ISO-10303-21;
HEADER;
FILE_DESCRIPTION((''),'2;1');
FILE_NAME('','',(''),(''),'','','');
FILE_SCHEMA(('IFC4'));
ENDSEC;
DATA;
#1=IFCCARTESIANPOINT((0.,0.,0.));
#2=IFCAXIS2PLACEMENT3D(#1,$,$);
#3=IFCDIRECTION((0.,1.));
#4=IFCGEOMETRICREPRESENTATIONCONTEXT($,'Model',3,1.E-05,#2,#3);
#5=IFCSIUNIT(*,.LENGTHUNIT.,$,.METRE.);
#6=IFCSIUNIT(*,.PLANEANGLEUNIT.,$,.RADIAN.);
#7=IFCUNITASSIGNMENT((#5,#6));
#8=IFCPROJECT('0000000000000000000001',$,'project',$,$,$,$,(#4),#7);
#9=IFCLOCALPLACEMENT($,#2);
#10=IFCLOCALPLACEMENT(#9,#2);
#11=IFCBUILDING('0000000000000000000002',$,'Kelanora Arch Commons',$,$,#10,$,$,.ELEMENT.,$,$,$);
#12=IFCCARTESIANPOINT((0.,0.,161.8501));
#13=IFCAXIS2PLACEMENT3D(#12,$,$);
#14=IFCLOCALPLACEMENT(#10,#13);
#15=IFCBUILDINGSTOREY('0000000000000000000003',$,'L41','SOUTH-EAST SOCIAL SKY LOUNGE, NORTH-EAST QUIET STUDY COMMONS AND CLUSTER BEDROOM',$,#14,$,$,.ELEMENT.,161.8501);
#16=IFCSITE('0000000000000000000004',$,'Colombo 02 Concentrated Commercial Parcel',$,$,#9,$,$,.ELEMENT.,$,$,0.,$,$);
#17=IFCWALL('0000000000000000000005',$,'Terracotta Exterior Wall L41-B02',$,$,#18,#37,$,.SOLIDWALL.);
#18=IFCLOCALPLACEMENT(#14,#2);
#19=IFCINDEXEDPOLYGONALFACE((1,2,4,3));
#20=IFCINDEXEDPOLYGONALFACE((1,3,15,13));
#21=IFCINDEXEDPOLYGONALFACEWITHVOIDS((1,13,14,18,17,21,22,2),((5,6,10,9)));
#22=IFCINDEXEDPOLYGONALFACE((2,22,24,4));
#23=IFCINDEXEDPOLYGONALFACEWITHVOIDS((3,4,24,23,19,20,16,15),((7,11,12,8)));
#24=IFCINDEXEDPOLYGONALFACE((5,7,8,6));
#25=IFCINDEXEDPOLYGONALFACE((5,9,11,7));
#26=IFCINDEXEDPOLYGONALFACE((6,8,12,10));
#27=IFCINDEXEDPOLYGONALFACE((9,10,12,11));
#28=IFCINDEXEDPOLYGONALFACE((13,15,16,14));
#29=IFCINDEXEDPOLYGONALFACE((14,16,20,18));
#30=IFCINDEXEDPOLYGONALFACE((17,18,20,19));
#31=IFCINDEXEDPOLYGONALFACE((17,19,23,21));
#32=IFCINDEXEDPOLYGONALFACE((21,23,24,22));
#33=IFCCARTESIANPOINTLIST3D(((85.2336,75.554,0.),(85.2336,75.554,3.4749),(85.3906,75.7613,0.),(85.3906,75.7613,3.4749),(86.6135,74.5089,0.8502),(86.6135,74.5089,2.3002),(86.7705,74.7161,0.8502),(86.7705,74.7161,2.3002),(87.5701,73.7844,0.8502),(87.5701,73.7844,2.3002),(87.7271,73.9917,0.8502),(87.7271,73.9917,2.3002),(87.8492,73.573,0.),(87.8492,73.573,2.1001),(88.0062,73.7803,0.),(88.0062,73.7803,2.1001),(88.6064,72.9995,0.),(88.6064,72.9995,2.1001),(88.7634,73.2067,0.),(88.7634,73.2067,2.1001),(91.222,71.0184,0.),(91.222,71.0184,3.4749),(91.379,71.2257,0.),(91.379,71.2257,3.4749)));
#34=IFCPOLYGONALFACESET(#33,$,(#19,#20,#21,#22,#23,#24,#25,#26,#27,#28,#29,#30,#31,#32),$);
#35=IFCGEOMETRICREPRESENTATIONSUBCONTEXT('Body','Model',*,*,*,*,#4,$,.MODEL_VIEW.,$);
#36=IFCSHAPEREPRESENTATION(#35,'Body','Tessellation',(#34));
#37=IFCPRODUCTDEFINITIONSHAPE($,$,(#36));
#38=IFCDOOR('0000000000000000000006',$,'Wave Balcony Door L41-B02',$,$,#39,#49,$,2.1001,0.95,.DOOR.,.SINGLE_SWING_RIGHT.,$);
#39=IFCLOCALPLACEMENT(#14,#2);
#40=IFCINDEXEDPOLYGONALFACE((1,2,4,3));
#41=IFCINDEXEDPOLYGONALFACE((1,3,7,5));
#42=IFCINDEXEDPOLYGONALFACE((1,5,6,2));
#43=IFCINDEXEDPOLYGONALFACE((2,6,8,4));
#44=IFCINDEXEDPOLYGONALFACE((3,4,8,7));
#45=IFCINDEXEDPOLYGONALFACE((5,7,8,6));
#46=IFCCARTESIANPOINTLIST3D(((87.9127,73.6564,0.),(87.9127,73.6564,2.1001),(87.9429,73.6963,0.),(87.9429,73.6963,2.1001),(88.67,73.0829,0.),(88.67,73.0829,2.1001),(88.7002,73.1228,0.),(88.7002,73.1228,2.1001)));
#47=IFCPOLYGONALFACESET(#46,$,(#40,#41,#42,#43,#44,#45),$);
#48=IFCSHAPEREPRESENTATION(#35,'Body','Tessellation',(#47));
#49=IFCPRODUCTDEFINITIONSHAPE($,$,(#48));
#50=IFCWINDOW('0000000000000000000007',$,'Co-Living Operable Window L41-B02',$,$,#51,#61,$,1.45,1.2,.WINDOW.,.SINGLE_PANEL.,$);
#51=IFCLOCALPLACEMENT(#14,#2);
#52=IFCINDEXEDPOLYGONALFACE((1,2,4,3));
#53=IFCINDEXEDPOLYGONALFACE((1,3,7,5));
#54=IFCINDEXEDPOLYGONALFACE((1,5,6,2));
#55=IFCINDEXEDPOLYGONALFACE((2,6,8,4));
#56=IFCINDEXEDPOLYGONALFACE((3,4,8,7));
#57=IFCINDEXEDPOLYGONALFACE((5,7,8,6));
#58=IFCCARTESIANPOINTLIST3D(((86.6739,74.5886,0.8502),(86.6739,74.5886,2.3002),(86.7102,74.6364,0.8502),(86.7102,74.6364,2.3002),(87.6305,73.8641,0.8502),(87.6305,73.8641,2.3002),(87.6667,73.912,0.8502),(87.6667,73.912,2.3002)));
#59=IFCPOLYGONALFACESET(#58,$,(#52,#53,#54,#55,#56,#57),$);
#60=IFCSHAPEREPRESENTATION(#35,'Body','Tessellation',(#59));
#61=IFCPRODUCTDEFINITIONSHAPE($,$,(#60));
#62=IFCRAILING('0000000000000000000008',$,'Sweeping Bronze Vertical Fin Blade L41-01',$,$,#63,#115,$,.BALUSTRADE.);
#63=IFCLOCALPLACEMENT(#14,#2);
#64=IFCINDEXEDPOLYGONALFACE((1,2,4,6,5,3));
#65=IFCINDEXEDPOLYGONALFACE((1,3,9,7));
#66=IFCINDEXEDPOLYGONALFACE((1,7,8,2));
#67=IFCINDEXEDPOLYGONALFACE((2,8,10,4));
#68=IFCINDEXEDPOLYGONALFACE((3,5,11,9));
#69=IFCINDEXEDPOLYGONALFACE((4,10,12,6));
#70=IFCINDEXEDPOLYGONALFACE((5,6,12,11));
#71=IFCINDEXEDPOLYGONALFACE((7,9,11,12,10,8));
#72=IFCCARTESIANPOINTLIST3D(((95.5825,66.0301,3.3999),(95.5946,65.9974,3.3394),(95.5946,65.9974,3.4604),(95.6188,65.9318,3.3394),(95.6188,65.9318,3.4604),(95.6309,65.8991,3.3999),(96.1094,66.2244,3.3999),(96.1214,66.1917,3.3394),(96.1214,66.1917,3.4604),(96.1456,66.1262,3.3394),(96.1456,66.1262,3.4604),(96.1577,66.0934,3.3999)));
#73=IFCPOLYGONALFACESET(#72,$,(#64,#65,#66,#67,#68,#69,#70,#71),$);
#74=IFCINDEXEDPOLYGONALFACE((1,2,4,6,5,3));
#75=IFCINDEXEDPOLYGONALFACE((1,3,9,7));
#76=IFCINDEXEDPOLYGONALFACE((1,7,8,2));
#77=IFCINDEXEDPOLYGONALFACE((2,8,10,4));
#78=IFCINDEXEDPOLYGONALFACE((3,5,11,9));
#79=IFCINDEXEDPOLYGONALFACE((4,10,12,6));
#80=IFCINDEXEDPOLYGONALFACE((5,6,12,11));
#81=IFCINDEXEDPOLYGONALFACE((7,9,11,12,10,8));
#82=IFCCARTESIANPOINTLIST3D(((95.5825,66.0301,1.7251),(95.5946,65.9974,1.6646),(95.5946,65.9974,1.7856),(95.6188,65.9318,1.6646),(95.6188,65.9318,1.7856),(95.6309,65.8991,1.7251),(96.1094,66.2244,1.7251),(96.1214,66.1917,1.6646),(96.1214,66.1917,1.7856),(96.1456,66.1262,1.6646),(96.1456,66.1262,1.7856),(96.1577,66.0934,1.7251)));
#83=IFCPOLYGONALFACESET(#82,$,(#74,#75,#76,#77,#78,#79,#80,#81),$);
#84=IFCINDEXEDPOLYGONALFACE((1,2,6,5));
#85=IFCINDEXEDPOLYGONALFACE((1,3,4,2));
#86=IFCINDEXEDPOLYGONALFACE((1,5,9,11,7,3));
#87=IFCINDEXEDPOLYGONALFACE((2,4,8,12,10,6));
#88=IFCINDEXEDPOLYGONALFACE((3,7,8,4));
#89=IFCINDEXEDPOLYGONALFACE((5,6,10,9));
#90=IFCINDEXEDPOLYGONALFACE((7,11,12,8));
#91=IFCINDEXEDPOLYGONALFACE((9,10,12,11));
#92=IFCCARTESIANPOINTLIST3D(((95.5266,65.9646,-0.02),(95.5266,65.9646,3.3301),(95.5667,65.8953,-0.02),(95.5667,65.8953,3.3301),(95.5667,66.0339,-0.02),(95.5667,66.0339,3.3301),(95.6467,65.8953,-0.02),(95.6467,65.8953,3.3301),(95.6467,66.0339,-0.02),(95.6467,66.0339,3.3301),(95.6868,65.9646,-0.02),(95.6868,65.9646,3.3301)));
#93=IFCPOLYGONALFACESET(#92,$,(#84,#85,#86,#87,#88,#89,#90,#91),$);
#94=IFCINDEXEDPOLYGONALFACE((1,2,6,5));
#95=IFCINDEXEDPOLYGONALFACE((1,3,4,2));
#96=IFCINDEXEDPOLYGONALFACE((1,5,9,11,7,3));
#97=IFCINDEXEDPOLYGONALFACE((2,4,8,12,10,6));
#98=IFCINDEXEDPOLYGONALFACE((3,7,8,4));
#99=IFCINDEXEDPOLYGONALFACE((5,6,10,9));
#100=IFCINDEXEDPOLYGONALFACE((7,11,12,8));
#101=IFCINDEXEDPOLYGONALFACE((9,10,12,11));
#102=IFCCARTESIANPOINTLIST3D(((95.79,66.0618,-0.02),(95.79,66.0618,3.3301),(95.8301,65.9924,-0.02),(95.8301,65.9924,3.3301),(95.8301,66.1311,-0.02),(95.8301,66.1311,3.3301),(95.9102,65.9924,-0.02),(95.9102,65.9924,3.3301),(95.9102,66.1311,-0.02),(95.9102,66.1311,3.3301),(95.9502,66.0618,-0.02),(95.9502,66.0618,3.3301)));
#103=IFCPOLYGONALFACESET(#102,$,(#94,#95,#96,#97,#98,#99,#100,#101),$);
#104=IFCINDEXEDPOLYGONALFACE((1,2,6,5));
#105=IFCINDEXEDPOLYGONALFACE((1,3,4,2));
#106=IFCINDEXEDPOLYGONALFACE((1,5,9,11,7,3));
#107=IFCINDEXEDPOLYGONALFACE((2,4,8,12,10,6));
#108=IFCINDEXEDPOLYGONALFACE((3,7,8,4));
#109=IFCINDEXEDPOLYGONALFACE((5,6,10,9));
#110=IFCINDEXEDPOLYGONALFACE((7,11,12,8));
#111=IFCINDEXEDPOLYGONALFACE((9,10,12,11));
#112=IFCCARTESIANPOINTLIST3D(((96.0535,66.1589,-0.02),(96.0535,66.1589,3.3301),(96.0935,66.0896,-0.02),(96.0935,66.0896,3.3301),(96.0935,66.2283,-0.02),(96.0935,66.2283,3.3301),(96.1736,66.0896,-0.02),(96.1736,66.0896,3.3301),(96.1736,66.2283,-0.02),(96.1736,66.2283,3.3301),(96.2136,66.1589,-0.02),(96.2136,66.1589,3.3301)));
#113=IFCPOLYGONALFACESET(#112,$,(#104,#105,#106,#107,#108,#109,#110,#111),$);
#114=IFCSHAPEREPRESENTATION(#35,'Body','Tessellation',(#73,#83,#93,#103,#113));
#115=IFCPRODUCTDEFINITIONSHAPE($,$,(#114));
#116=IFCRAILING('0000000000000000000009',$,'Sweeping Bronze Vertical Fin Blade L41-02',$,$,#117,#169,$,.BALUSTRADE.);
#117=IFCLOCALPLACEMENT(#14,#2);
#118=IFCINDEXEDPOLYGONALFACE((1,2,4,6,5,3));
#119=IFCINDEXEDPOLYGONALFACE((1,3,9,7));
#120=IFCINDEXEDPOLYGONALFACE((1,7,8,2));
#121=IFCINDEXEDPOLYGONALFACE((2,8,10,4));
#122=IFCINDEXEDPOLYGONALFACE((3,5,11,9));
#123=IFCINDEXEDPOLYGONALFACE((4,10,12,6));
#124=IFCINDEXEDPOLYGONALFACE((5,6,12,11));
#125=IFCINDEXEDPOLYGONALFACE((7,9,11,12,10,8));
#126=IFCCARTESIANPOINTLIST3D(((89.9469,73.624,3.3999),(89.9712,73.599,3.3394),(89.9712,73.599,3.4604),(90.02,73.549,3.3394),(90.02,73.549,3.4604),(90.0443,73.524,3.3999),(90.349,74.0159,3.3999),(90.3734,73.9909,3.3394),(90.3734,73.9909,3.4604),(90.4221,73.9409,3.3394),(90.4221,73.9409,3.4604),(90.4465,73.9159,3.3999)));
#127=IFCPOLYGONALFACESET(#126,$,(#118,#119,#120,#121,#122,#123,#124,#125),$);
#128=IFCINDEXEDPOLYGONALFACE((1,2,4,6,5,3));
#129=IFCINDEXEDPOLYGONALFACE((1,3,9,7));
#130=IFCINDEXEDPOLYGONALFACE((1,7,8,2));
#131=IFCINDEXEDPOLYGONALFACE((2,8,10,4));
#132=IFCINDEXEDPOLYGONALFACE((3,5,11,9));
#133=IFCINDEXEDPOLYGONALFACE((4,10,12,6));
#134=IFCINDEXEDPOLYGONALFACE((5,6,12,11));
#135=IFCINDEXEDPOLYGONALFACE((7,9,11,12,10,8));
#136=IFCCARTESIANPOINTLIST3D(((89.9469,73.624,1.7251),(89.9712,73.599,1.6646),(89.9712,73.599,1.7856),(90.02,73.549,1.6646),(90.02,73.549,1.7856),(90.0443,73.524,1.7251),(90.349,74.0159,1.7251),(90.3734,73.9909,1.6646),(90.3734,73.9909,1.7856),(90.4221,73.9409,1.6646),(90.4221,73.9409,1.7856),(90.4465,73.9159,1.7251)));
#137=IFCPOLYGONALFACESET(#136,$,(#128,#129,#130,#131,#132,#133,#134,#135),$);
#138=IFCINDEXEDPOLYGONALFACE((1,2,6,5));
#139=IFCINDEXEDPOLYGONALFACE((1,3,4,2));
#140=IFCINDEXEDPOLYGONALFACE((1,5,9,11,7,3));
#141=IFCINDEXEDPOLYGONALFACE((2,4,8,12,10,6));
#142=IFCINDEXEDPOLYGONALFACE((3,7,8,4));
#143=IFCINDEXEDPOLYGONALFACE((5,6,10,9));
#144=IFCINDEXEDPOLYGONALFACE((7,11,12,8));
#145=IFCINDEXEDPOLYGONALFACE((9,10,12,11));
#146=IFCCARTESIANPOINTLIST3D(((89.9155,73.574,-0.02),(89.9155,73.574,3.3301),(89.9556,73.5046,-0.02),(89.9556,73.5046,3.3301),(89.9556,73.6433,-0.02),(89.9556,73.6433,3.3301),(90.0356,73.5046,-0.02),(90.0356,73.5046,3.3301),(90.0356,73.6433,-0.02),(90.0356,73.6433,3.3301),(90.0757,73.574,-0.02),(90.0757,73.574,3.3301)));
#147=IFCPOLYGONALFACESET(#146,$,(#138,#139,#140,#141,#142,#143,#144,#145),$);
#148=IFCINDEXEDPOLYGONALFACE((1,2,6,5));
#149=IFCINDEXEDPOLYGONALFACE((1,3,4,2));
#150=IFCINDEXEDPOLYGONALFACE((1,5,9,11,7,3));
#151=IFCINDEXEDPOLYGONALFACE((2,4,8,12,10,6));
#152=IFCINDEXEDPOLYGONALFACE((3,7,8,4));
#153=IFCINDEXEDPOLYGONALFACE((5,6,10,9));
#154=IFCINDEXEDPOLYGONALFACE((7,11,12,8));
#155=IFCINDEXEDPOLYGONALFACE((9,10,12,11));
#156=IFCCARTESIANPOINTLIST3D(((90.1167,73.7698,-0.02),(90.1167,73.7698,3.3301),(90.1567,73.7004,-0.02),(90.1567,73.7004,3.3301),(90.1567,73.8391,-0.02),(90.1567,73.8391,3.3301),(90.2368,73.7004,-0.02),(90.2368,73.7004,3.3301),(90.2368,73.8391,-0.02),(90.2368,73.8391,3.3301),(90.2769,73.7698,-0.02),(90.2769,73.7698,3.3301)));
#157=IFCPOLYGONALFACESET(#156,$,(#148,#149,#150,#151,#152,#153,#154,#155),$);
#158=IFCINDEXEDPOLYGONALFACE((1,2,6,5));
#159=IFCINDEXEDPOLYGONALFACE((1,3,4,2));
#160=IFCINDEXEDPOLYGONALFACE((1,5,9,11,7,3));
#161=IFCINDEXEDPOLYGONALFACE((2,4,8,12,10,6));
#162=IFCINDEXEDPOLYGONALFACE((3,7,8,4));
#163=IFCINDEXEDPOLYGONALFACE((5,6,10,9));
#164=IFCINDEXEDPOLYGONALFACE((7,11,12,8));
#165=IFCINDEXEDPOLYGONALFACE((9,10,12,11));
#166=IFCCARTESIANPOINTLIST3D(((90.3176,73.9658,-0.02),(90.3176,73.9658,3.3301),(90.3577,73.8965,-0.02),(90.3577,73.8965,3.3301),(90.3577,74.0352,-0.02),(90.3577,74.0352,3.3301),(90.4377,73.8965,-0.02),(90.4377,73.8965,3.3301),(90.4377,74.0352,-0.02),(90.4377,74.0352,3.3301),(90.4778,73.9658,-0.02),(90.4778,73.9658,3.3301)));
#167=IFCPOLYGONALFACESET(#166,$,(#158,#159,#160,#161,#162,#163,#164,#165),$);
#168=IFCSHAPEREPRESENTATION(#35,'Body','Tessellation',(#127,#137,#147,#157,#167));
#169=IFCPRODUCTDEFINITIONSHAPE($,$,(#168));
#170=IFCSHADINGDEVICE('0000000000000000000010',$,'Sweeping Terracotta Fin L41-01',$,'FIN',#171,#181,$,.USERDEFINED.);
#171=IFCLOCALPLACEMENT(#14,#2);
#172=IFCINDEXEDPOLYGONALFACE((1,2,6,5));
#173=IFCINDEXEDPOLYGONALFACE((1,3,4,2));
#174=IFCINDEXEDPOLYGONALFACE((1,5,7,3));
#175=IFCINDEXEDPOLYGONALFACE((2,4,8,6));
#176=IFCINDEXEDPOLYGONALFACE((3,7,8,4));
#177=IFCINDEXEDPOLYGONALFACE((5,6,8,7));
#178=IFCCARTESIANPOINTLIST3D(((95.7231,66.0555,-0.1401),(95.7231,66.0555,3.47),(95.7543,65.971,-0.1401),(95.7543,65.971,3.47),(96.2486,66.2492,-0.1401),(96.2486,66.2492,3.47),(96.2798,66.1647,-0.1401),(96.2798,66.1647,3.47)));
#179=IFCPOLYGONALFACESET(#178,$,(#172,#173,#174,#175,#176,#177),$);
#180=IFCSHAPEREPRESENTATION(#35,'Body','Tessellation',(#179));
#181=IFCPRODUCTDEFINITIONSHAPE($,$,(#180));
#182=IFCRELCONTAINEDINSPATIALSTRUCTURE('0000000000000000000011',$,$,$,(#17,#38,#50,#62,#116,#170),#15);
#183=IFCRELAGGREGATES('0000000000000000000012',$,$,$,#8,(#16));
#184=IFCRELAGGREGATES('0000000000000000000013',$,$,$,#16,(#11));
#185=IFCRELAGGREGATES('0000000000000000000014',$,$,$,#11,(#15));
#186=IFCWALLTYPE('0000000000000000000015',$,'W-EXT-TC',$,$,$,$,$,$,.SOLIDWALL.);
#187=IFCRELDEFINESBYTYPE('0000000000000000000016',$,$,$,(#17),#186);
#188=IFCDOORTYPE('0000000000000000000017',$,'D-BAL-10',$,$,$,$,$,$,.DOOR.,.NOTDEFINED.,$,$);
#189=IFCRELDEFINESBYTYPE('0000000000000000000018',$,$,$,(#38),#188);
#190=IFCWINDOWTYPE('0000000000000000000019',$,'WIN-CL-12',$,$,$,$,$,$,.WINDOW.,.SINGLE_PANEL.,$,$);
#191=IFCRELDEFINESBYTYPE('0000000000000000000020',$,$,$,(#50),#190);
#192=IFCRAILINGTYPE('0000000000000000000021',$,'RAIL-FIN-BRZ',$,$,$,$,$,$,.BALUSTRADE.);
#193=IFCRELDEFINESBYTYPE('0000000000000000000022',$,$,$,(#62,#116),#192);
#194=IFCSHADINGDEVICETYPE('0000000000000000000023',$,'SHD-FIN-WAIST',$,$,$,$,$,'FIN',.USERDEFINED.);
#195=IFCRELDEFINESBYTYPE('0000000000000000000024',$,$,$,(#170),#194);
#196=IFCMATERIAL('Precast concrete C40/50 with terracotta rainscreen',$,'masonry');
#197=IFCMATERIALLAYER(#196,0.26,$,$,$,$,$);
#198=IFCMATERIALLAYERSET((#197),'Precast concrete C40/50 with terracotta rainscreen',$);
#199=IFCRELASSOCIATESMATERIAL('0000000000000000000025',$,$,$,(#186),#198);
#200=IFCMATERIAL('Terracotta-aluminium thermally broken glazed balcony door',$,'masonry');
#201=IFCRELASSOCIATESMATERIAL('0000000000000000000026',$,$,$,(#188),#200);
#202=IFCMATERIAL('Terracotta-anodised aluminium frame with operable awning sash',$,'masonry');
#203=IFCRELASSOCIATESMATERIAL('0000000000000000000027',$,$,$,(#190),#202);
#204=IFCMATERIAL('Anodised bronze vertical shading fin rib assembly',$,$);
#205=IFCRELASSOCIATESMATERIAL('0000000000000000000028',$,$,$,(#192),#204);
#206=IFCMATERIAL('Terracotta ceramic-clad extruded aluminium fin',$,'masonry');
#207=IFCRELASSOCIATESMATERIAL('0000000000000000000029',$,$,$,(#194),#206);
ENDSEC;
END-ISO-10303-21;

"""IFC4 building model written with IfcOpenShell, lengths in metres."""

from ifc_helpers import new_model, si_unit, direction, frame, frame_2d, origin, origin_2d, place, context, subcontext, project, spatial, polyline, rectangle, outline, extrude, source, transform, mapped, material, layer, layer_set, type_object, element, fill, save


model = new_model("IFC4")

# Units and contexts
model_context = context("Model", 3, precision=1e-05, world=origin(), true_north=direction((0.0, 1.0)))
body_context = subcontext(model_context, "Body", "Model", "MODEL_VIEW")
ifc_project = project(units=[si_unit("LENGTHUNIT", "METRE"), si_unit("PLANEANGLEUNIT", "RADIAN")], contexts=[model_context])

# Site, building, storey
site_placement = place(None, origin())
site = spatial("IfcSite", under=ifc_project, at=site_placement, Name="Colombo 02 Concentrated Commercial Parcel", CompositionType="ELEMENT", RefElevation=0.0)
building_placement = place(site_placement, origin())
building = spatial("IfcBuilding", under=site, at=building_placement, Name="Kelanora Arch Commons", CompositionType="ELEMENT")
storey_placement = place(building_placement, frame((0.0, 0.0, 161.8501)))
storey = spatial("IfcBuildingStorey", under=building, at=storey_placement, Name="L41", Description="SOUTH-EAST SOCIAL SKY LOUNGE, NORTH-EAST QUIET STUDY COMMONS AND CLUSTER BEDROOM", CompositionType="ELEMENT", Elevation=161.8501)

# Wall, openings, door, window
ifc_material_1 = material(Name="Precast concrete C40/50 with terracotta rainscreen", Category="masonry")
ifc_layer_1 = layer(ifc_material_1, 0.26)
ifc_layer_set_1 = layer_set([ifc_layer_1], Name="Precast concrete C40/50 with terracotta rainscreen")
wall_type = type_object("IfcWallType", Name="W-EXT-TC", PredefinedType="SOLIDWALL", material=ifc_layer_set_1)
wall_placement = place(storey_placement, frame((91.3005, 71.1221, 0.0), z_axis=(0.0, 0.0, 1.0), x_axis=(-0.797164, 0.603763, 0.0)))
wall = element("IfcWall", 1, at=wall_placement, inside=storey, type_object=wall_type, Name="Terracotta Exterior Wall L41-B02", PredefinedType="SOLIDWALL", context=body_context, shape_type="SweptSolid", body=[
    extrude(rectangle(XDim=7.5122, YDim=0.26, at=frame_2d((3.7561, 0.0))), origin(), (0.0, 0.0, 1.0), 3.4749),
])
opening_1_placement = place(wall_placement, frame((3.281, 0.0, 0.0)))
opening_1 = element("IfcOpeningElement", 2, at=opening_1_placement, cuts=wall, PredefinedType="OPENING", context=body_context, shape_type="SweptSolid", body=[
    extrude(rectangle(XDim=0.95, YDim=2.1001, at=frame_2d((0.4751, 1.05))), frame((0.0, 0.1401, 0.0), z_axis=(0.0, -1.0, 0.0), x_axis=(1.0, 0.0, 0.0)), (0.0, 0.0, 1.0), 0.28),
])
opening_2_placement = place(wall_placement, frame((4.5811, 0.0, 0.8501)))
opening_2 = element("IfcOpeningElement", 3, at=opening_2_placement, cuts=wall, PredefinedType="OPENING", context=body_context, shape_type="SweptSolid", body=[
    extrude(rectangle(XDim=1.2, YDim=1.45, at=frame_2d((0.6001, 0.7251))), frame((0.0, 0.1401, 0.0), z_axis=(0.0, -1.0, 0.0), x_axis=(1.0, 0.0, 0.0)), (0.0, 0.0, 1.0), 0.28),
])
ifc_material_2 = material(Name="Terracotta-aluminium thermally broken glazed balcony door", Category="masonry")
door_type = type_object("IfcDoorType", Name="D-BAL-10", OperationType="NOTDEFINED", PredefinedType="DOOR", material=ifc_material_2)
door_placement = place(opening_1_placement, frame((0.95, 0.0, 0.0), z_axis=(0.0, 0.0, 1.0), x_axis=(-1.0, 0.0, 0.0)))
door = element("IfcDoor", 4, at=door_placement, inside=storey, type_object=door_type, Name="Wave Balcony Door L41-B02", OperationType="SINGLE_SWING_RIGHT", OverallHeight=2.1001, OverallWidth=0.95, PredefinedType="DOOR", context=body_context, shape_type="SweptSolid", body=[
    extrude(rectangle(XDim=0.95, YDim=2.1001, at=frame_2d((0.4751, 1.05))), frame((0.0, 0.0249, 0.0), z_axis=(0.0, -1.0, 0.0), x_axis=(1.0, 0.0, 0.0)), (0.0, 0.0, 1.0), 0.05),
])
fill(opening_1, door)
ifc_material_3 = material(Name="Terracotta-anodised aluminium frame with operable awning sash", Category="masonry")
window_type = type_object("IfcWindowType", Name="WIN-CL-12", PartitioningType="SINGLE_PANEL", PredefinedType="WINDOW", material=ifc_material_3)
window_placement = place(opening_2_placement, origin())
window = element("IfcWindow", 5, at=window_placement, inside=storey, type_object=window_type, Name="Co-Living Operable Window L41-B02", OverallHeight=1.45, OverallWidth=1.2, PartitioningType="SINGLE_PANEL", PredefinedType="WINDOW", context=body_context, shape_type="SweptSolid", body=[
    extrude(rectangle(XDim=1.2, YDim=1.45, at=frame_2d((0.6001, 0.7251))), frame((0.0, 0.03, 0.0), z_axis=(0.0, -1.0, 0.0), x_axis=(1.0, 0.0, 0.0)), (0.0, 0.0, 1.0), 0.0601),
])
fill(opening_2, window)

# Railings
ifc_material_4 = material(Name="Anodised bronze vertical shading fin rib assembly")
railing_type = type_object("IfcRailingType", Name="RAIL-FIN-BRZ", PredefinedType="BALUSTRADE", material=ifc_material_4)
railing_1_placement = place(storey_placement, frame((95.6067, 65.9646, -0.02)))
element("IfcRailing", 6, at=railing_1_placement, inside=storey, type_object=railing_type, Name="Sweeping Bronze Vertical Fin Blade L41-01", PredefinedType="BALUSTRADE", context=body_context, shape_type="SweptSolid", body=[
    extrude(outline(polyline([(0.0698, 0.0), (0.0349, 0.0605), (-0.0349, 0.0605), (-0.0698, 0.0), (-0.0349, -0.0605), (0.0349, -0.0605), (0.0698, 0.0)])), frame((0.0, 0.0, 3.4199), z_axis=(0.938209, 0.346068, 0.0), x_axis=(-0.346068, 0.938209, 0.0)), (0.0, 0.0, 1.0), 0.5615),
    extrude(outline(polyline([(0.0698, 0.0), (0.0349, 0.0605), (-0.0349, 0.0605), (-0.0698, 0.0), (-0.0349, -0.0605), (0.0349, -0.0605), (0.0698, 0.0)])), frame((0.0, 0.0, 1.7451), z_axis=(0.938209, 0.346068, 0.0), x_axis=(-0.346068, 0.938209, 0.0)), (0.0, 0.0, 1.0), 0.5615),
    extrude(outline(polyline([(0.0801, 0.0), (0.04, 0.0693), (-0.04, 0.0693), (-0.0801, 0.0), (-0.04, -0.0693), (0.04, -0.0693), (0.0801, 0.0)])), origin(), (0.0, 0.0, 1.0), 3.3501),
    extrude(outline(polyline([(0.0801, 0.0), (0.04, 0.0693), (-0.04, 0.0693), (-0.0801, 0.0), (-0.04, -0.0693), (0.04, -0.0693), (0.0801, 0.0)])), frame((0.2634, 0.0972, 0.0)), (0.0, 0.0, 1.0), 3.3501),
    extrude(outline(polyline([(0.0801, 0.0), (0.04, 0.0693), (-0.04, 0.0693), (-0.0801, 0.0), (-0.04, -0.0693), (0.04, -0.0693), (0.0801, 0.0)])), frame((0.5269, 0.1943, 0.0)), (0.0, 0.0, 1.0), 3.3501),
])
railing_2_placement = place(storey_placement, frame((89.9956, 73.574, -0.02)))
element("IfcRailing", 7, at=railing_2_placement, inside=storey, type_object=railing_type, Name="Sweeping Bronze Vertical Fin Blade L41-02", PredefinedType="BALUSTRADE", context=body_context, shape_type="SweptSolid", body=[
    extrude(outline(polyline([(0.0698, 0.0), (0.0349, 0.0605), (-0.0349, 0.0605), (-0.0698, 0.0), (-0.0349, -0.0605), (0.0349, -0.0605), (0.0698, 0.0)])), frame((0.0, 0.0, 3.4199), z_axis=(0.716179, 0.697916, 0.0), x_axis=(-0.697916, 0.716179, 0.0)), (0.0, 0.0, 1.0), 0.5615),
    extrude(outline(polyline([(0.0698, 0.0), (0.0349, 0.0605), (-0.0349, 0.0605), (-0.0698, 0.0), (-0.0349, -0.0605), (0.0349, -0.0605), (0.0698, 0.0)])), frame((0.0, 0.0, 1.7451), z_axis=(0.716179, 0.697916, 0.0), x_axis=(-0.697916, 0.716179, 0.0)), (0.0, 0.0, 1.0), 0.5615),
    extrude(outline(polyline([(0.0801, 0.0), (0.04, 0.0693), (-0.04, 0.0693), (-0.0801, 0.0), (-0.04, -0.0693), (0.04, -0.0693), (0.0801, 0.0)])), origin(), (0.0, 0.0, 1.0), 3.3501),
    extrude(outline(polyline([(0.0801, 0.0), (0.04, 0.0693), (-0.04, 0.0693), (-0.0801, 0.0), (-0.04, -0.0693), (0.04, -0.0693), (0.0801, 0.0)])), frame((0.2012, 0.1958, 0.0)), (0.0, 0.0, 1.0), 3.3501),
    extrude(outline(polyline([(0.0801, 0.0), (0.04, 0.0693), (-0.04, 0.0693), (-0.0801, 0.0), (-0.04, -0.0693), (0.04, -0.0693), (0.0801, 0.0)])), frame((0.4021, 0.3918, 0.0)), (0.0, 0.0, 1.0), 3.3501),
])

# Shading device
ifc_material_5 = material(Name="Terracotta ceramic-clad extruded aluminium fin", Category="masonry")
shading_device_type = type_object("IfcShadingDeviceType", Name="SHD-FIN-WAIST", ElementType="FIN", PredefinedType="USERDEFINED", material=ifc_material_5)
shared_shape_1 = source(origin(), body_context, "Body", "SweptSolid", [
    extrude(rectangle(XDim=0.5601, YDim=0.0901, at=origin_2d()), origin(), (0.0, 0.0, 1.0), 3.6101),
])
for number, where, z_axis, x_axis, name in (
    (8, (96.0015, 66.1101, -0.1401), (0.0, 0.0, 1.0), (0.938312, 0.34579, 0.0), "Sweeping Terracotta Fin L41-01"),
):
    element("IfcShadingDevice", number, at=place(storey_placement, frame(where, z_axis=z_axis, x_axis=x_axis)), inside=storey, type_object=shading_device_type, Name=name, ObjectType="FIN", PredefinedType="USERDEFINED", context=body_context, shape_type="MappedRepresentation", body=[
        mapped(shared_shape_1, transform((0.0, 0.0, 0.0), scale=1.0)),
    ])

save(model, "model.ifc")
